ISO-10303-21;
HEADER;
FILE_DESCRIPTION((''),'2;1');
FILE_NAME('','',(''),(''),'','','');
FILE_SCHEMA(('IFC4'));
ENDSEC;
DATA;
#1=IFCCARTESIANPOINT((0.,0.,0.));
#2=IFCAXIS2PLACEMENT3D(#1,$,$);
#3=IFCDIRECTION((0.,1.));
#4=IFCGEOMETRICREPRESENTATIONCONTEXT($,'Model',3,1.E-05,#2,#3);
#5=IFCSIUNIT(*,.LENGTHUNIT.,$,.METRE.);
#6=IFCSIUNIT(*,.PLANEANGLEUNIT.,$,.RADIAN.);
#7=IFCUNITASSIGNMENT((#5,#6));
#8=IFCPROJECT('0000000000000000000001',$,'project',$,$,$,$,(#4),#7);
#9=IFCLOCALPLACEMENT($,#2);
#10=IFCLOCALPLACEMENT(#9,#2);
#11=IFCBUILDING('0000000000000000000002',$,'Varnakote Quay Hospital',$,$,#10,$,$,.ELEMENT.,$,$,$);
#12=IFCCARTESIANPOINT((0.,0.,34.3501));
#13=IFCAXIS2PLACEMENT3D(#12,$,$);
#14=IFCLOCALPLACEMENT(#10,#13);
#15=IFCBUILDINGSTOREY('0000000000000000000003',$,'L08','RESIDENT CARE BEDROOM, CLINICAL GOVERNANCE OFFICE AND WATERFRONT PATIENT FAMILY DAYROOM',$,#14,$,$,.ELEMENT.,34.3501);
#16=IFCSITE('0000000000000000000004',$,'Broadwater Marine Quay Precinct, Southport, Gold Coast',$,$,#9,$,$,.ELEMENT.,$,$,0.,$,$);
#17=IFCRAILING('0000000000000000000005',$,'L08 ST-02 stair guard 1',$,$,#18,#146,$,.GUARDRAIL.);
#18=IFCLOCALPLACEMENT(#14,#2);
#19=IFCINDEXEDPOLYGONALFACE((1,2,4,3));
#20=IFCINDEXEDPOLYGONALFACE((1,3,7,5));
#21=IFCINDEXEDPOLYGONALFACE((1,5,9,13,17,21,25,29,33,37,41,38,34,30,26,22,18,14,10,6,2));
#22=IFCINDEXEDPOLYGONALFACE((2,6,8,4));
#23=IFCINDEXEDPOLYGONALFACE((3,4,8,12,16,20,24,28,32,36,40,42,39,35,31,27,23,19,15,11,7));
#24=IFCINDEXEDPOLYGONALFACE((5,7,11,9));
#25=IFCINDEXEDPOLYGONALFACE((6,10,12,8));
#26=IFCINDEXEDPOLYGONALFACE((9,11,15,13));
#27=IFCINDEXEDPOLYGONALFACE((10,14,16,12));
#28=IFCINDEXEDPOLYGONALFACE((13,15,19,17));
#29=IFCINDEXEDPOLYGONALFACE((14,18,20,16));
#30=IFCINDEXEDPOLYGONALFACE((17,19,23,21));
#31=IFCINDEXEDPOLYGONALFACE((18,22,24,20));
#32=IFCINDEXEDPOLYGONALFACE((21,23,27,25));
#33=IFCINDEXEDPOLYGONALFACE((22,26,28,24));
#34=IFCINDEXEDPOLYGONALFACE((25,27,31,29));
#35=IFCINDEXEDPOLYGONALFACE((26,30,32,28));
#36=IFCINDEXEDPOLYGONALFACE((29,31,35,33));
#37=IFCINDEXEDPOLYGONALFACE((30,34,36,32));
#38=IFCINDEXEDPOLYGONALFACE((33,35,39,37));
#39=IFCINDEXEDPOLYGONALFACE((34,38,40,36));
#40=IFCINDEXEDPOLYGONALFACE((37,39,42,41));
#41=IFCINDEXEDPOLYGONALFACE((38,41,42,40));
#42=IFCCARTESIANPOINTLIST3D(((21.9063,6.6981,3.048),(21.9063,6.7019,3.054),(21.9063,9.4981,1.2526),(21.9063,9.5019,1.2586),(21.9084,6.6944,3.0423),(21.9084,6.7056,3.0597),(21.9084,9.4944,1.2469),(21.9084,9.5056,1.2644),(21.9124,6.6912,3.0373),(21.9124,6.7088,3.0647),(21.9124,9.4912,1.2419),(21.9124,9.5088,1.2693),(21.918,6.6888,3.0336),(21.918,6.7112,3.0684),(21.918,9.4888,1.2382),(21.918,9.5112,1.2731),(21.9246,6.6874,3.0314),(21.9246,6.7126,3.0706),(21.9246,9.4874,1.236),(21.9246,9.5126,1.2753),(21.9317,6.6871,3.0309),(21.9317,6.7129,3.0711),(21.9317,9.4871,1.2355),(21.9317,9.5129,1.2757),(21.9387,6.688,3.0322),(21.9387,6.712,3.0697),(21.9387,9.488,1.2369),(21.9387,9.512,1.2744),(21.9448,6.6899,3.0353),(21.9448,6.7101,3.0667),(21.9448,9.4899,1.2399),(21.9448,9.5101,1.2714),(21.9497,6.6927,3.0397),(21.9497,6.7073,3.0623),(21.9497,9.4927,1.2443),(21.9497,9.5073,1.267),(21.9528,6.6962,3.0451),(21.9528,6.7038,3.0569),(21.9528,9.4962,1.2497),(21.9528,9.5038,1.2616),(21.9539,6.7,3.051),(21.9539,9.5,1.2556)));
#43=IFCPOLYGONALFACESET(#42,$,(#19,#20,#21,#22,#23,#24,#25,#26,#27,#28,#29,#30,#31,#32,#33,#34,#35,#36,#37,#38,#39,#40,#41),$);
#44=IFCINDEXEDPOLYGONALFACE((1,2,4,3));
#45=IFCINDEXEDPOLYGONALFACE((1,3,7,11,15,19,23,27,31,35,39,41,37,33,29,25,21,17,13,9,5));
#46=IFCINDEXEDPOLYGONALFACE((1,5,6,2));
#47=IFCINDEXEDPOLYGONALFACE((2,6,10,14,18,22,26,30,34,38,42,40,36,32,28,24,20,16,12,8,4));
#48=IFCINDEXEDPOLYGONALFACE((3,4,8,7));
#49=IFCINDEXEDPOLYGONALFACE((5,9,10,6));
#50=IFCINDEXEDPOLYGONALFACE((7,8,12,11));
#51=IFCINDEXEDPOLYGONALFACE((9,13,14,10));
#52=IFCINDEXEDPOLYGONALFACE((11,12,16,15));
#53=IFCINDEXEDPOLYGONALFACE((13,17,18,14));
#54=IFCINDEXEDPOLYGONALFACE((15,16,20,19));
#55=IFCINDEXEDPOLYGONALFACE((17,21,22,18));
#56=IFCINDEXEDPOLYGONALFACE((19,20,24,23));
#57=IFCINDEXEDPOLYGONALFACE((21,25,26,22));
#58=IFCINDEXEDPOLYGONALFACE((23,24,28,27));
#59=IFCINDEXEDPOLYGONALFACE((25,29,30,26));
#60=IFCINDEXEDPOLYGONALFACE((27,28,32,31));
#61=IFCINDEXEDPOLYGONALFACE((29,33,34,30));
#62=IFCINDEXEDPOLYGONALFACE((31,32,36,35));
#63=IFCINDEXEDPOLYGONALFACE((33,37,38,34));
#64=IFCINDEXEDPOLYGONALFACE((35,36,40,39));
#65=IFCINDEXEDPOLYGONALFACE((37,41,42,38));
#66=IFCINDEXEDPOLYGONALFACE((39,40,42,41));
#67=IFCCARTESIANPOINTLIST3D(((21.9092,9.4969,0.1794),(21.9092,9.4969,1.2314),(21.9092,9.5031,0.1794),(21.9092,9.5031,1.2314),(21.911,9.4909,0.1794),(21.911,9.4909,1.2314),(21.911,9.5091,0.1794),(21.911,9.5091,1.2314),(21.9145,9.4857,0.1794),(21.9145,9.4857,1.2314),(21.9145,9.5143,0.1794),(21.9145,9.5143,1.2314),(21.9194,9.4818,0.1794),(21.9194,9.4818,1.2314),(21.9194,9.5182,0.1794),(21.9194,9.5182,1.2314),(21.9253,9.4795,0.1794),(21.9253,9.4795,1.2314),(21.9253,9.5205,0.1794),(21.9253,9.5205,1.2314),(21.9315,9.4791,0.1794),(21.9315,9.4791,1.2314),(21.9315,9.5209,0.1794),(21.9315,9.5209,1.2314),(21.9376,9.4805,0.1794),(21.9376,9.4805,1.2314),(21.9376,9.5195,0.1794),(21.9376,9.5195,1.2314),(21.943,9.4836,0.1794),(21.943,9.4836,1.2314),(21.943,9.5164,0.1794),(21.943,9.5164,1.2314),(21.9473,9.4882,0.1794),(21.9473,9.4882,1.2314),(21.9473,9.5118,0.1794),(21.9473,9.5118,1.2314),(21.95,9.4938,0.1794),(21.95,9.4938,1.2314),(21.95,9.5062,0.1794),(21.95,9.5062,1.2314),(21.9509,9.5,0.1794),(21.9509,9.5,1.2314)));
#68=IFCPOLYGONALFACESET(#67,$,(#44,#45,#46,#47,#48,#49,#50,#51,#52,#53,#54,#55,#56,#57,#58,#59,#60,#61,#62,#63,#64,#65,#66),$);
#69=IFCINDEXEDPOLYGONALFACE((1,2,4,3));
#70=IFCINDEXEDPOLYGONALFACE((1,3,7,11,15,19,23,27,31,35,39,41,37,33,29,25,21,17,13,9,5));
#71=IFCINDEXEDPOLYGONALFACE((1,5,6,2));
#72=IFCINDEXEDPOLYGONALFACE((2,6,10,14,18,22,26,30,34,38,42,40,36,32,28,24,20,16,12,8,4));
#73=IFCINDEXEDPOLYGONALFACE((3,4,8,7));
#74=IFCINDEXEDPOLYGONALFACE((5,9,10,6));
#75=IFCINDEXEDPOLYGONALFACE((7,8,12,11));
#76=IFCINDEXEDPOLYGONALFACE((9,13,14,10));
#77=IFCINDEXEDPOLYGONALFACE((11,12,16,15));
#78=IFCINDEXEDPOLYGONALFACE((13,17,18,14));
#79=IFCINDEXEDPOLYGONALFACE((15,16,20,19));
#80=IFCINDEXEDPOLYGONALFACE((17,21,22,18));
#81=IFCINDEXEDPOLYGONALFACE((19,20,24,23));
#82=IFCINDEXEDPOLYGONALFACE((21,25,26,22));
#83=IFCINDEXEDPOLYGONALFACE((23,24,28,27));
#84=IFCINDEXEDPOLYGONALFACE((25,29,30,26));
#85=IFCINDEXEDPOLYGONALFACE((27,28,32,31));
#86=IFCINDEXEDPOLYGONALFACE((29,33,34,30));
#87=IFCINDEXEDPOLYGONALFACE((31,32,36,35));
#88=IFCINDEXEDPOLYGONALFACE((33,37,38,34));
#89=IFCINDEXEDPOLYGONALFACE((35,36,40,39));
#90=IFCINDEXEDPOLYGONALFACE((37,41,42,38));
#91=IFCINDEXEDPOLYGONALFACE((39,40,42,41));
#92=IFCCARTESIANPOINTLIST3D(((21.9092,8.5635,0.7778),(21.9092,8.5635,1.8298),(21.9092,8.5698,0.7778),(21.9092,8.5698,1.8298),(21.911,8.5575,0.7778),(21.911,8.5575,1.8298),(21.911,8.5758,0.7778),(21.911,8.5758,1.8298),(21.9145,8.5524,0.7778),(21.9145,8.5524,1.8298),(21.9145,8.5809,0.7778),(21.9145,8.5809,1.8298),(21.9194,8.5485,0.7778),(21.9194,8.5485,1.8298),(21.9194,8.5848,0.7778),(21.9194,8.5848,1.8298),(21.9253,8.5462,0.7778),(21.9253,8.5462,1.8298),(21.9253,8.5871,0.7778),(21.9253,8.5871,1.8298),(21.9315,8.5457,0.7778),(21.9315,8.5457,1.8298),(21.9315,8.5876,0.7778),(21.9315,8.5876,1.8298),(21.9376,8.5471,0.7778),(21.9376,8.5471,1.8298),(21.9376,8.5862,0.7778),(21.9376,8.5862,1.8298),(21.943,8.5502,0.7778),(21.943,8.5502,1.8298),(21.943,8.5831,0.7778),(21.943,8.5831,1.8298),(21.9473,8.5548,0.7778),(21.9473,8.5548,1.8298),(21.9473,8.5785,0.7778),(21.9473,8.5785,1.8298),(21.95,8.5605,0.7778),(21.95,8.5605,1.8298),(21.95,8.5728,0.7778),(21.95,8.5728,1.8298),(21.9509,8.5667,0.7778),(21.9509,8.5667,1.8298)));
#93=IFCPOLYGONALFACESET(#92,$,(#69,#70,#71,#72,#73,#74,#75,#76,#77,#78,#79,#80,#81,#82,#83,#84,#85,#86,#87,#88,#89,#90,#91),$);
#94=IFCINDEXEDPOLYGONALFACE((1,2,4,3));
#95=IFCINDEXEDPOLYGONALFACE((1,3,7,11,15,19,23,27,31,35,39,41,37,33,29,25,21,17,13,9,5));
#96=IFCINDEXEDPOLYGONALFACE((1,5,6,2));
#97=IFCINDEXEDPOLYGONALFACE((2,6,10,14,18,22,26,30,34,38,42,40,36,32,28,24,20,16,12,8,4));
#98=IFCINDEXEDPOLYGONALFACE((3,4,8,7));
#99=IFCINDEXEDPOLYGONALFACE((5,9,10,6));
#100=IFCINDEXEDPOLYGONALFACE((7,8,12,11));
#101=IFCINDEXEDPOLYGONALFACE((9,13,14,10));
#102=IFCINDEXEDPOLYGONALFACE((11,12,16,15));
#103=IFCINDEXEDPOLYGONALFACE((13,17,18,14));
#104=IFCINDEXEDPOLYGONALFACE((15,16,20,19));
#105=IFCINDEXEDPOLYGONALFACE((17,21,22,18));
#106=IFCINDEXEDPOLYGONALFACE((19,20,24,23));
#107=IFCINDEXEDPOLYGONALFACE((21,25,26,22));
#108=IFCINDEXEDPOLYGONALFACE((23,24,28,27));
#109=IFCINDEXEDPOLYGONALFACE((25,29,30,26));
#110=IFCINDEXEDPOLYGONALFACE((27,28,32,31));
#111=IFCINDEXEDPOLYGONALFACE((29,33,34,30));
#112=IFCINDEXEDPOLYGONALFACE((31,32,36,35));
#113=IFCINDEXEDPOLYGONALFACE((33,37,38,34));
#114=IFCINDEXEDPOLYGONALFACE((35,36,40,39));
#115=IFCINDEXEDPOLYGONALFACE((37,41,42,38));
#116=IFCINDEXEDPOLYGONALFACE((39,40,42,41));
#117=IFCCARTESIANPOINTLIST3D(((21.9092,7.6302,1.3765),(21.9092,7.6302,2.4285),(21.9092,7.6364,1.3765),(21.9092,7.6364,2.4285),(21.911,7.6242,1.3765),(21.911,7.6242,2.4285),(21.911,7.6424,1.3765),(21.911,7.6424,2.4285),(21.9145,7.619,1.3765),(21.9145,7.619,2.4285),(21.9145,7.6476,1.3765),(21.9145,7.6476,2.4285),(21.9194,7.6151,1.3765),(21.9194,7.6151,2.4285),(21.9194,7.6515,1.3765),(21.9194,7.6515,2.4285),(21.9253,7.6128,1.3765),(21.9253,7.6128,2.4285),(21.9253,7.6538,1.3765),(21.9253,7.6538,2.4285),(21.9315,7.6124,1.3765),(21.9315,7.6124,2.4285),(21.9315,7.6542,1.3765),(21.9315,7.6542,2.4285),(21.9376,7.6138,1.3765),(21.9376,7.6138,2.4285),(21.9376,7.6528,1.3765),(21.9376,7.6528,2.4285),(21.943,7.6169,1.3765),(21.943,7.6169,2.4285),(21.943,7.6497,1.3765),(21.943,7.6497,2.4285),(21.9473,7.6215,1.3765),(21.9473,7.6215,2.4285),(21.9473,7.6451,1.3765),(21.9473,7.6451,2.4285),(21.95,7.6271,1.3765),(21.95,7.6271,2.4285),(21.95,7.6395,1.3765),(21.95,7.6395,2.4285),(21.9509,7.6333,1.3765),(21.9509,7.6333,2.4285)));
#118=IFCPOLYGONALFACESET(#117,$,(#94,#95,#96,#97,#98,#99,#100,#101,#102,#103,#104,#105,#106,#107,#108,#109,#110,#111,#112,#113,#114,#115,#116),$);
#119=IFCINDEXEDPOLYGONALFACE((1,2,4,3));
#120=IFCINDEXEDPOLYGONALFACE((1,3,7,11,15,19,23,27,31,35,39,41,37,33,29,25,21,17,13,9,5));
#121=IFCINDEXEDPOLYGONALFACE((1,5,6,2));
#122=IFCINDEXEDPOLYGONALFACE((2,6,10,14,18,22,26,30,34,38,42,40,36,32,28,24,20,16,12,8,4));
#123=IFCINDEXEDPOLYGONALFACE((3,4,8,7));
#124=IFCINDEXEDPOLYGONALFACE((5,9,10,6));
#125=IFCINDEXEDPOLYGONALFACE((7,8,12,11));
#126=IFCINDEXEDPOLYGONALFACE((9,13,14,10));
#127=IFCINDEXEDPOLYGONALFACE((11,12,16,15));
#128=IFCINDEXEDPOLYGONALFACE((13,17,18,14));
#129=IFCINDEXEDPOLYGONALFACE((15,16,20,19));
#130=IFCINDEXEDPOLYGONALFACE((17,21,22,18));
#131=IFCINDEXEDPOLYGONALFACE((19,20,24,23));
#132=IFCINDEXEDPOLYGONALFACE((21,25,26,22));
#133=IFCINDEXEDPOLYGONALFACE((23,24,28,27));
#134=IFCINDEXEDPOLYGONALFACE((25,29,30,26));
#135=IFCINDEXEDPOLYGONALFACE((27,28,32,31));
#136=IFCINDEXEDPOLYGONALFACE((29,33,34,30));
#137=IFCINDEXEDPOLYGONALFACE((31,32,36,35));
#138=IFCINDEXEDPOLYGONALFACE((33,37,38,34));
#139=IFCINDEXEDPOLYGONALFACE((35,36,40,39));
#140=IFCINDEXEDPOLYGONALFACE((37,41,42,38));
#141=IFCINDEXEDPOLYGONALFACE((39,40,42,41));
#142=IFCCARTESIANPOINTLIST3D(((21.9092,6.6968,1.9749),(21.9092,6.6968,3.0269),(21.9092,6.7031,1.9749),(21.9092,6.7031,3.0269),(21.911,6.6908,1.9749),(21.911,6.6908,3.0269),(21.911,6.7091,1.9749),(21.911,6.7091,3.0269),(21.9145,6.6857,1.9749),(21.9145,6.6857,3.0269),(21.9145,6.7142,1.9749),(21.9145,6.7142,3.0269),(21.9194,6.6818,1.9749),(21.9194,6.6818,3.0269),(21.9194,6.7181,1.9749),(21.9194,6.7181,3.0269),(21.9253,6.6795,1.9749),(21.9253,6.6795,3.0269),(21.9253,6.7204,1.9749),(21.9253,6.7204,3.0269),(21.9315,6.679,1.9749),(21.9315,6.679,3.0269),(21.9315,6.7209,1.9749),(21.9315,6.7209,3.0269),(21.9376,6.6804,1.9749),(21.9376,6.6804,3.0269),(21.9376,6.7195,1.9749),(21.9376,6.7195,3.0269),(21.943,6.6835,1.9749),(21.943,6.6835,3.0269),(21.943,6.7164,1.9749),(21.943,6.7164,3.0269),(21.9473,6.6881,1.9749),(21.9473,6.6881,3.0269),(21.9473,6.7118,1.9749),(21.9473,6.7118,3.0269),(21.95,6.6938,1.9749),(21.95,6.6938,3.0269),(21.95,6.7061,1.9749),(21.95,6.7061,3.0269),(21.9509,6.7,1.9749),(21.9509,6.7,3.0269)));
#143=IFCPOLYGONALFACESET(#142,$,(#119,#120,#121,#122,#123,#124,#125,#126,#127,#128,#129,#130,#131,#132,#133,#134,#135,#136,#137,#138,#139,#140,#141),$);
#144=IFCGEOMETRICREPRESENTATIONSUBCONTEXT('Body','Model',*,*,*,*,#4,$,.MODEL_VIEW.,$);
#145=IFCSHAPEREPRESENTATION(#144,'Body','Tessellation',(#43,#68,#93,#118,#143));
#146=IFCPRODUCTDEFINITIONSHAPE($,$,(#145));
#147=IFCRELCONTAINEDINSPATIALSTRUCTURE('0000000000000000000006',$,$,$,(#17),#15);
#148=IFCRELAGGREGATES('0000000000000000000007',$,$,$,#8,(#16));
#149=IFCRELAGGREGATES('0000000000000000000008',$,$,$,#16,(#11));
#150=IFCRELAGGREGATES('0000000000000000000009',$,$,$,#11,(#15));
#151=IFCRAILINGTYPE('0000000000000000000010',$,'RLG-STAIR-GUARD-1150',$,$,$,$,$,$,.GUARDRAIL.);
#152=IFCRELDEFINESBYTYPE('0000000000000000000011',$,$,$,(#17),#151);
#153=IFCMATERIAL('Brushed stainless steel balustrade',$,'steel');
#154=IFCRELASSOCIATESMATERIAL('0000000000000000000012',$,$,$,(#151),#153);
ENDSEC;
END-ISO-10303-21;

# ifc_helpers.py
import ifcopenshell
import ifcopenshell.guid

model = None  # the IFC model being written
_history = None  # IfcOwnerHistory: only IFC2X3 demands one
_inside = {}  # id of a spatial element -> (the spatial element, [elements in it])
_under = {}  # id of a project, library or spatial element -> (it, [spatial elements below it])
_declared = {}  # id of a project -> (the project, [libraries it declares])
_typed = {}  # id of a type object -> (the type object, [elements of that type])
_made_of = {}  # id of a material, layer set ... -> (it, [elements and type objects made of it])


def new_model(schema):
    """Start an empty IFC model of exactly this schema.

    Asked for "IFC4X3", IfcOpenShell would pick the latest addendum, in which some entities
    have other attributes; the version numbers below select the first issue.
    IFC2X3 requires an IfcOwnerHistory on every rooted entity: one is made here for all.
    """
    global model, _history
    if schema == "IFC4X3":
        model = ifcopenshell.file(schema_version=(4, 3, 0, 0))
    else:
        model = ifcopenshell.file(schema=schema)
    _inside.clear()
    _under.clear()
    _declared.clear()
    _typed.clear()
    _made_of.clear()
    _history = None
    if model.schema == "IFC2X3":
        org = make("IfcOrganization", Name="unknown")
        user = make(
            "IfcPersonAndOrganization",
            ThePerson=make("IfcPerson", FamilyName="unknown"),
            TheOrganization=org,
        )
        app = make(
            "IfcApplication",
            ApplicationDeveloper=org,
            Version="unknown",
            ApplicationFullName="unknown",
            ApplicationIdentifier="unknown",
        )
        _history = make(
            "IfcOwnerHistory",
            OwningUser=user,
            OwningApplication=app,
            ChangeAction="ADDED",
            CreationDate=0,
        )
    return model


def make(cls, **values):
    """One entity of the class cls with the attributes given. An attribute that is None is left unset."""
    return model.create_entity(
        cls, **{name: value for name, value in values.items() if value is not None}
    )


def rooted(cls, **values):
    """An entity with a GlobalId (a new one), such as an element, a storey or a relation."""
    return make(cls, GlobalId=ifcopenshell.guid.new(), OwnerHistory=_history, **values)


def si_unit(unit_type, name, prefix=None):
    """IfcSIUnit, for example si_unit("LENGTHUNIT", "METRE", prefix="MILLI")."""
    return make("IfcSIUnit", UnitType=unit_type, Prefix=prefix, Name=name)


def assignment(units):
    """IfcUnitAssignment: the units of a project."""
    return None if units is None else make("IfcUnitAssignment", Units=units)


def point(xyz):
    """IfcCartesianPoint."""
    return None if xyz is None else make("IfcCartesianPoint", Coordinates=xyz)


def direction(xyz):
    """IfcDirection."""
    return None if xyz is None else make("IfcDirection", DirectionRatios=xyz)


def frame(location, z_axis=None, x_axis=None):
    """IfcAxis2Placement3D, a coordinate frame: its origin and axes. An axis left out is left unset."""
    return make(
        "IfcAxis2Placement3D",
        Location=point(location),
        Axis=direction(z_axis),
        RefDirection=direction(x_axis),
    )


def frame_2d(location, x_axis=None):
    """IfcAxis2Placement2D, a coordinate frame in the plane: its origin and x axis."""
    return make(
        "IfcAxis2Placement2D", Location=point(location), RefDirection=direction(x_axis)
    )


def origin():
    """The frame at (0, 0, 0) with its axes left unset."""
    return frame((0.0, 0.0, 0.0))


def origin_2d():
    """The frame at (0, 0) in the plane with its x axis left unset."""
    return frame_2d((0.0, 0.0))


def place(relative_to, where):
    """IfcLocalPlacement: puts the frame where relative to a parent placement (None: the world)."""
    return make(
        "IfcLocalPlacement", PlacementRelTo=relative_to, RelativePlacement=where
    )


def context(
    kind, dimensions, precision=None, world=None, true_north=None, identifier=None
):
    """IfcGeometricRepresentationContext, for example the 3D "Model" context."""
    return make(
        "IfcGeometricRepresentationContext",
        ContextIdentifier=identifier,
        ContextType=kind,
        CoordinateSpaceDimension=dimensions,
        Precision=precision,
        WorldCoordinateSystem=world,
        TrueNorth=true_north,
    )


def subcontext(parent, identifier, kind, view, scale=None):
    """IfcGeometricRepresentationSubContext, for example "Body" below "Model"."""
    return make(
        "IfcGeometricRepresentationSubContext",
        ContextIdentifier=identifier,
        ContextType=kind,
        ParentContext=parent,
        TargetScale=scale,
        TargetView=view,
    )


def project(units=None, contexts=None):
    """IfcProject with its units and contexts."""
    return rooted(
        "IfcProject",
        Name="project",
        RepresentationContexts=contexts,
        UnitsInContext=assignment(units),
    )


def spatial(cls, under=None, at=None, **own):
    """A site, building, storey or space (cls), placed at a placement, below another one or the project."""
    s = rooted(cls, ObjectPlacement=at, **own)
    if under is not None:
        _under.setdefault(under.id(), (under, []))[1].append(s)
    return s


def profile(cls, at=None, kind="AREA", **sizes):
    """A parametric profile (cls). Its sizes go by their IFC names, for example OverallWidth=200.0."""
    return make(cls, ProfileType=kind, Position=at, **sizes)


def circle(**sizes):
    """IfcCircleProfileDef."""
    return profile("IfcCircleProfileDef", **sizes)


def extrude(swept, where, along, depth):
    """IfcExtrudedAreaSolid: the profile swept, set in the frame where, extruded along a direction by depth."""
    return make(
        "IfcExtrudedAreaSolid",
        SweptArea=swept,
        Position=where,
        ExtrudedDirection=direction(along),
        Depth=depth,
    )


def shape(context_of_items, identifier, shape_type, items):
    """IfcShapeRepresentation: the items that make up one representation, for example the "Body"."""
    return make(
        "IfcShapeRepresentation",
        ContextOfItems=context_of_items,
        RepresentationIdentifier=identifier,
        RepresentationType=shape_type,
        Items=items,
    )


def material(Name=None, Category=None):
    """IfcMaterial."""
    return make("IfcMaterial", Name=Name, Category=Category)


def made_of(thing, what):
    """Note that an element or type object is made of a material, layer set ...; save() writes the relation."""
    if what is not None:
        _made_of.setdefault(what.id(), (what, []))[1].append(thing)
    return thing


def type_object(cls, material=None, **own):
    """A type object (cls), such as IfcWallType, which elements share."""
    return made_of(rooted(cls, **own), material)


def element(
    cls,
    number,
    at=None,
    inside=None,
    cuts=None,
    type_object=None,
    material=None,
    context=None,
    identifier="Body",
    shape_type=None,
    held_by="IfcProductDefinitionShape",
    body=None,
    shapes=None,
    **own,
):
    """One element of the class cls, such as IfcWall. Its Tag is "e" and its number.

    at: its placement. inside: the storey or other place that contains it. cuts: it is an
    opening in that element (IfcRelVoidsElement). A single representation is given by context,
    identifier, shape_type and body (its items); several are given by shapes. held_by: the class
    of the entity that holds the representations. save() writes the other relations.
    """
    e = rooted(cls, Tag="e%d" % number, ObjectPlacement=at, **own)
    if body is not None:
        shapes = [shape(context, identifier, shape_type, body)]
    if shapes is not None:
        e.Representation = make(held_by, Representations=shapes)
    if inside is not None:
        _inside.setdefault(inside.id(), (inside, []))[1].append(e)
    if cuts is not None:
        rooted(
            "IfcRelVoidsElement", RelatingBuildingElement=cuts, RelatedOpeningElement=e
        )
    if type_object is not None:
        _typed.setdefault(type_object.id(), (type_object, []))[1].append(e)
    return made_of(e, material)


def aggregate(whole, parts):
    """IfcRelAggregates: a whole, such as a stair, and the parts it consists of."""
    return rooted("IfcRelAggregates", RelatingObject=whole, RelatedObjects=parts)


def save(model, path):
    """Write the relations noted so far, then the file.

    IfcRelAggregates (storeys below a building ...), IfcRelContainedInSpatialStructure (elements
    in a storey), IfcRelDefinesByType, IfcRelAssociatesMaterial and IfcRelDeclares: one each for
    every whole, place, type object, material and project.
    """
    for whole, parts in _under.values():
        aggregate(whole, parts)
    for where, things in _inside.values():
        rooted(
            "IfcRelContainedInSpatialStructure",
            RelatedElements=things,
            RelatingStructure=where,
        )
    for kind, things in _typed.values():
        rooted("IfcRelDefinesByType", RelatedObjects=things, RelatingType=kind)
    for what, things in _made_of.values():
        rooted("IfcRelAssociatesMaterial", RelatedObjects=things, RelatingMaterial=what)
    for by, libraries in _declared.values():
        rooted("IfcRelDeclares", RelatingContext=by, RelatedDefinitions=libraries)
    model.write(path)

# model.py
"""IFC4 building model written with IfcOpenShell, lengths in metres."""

from ifc_helpers import new_model, si_unit, direction, frame, origin, origin_2d, place, context, subcontext, project, spatial, circle, extrude, material, type_object, element, save


model = new_model("IFC4")

# Units and contexts
model_context = context("Model", 3, precision=1e-05, world=origin(), true_north=direction((0.0, 1.0)))
body_context = subcontext(model_context, "Body", "Model", "MODEL_VIEW")
ifc_project = project(units=[si_unit("LENGTHUNIT", "METRE"), si_unit("PLANEANGLEUNIT", "RADIAN")], contexts=[model_context])

# Site, building, storey
site_placement = place(None, origin())
site = spatial("IfcSite", under=ifc_project, at=site_placement, Name="Broadwater Marine Quay Precinct, Southport, Gold Coast", CompositionType="ELEMENT", RefElevation=0.0)
building_placement = place(site_placement, origin())
building = spatial("IfcBuilding", under=site, at=building_placement, Name="Varnakote Quay Hospital", CompositionType="ELEMENT")
storey_placement = place(building_placement, frame((0.0, 0.0, 34.3501)))
storey = spatial("IfcBuildingStorey", under=building, at=storey_placement, Name="L08", Description="RESIDENT CARE BEDROOM, CLINICAL GOVERNANCE OFFICE AND WATERFRONT PATIENT FAMILY DAYROOM", CompositionType="ELEMENT", Elevation=34.3501)

# Railing
ifc_material_1 = material(Name="Brushed stainless steel balustrade", Category="steel")
railing_type_1 = type_object("IfcRailingType", Name="RLG-STAIR-GUARD-1150", PredefinedType="GUARDRAIL", material=ifc_material_1)
railing_1_placement = place(storey_placement, frame((21.9299, 9.5, 0.1794)))
element("IfcRailing", 1, at=railing_1_placement, inside=storey, type_object=railing_type_1, Name="L08 ST-02 stair guard 1", PredefinedType="GUARDRAIL", context=body_context, shape_type="SweptSolid", body=[
    extrude(circle(Radius=0.0239, at=origin_2d()), frame((0.0, 0.0, 1.0762), z_axis=(0.0, -0.84181, 0.539774), x_axis=(1.0, 0.0, 0.0)), (0.0, 0.0, 1.0), 3.3262),
    extrude(circle(Radius=0.021, at=origin_2d()), origin(), (0.0, 0.0, 1.0), 1.052),
    extrude(circle(Radius=0.021, at=origin_2d()), frame((0.0, -0.9333, 0.5984)), (0.0, 0.0, 1.0), 1.052),
    extrude(circle(Radius=0.021, at=origin_2d()), frame((0.0, -1.8667, 1.197)), (0.0, 0.0, 1.0), 1.052),
    extrude(circle(Radius=0.021, at=origin_2d()), frame((0.0, -2.8, 1.7954)), (0.0, 0.0, 1.0), 1.052),
])

save(model, "model.ifc")
